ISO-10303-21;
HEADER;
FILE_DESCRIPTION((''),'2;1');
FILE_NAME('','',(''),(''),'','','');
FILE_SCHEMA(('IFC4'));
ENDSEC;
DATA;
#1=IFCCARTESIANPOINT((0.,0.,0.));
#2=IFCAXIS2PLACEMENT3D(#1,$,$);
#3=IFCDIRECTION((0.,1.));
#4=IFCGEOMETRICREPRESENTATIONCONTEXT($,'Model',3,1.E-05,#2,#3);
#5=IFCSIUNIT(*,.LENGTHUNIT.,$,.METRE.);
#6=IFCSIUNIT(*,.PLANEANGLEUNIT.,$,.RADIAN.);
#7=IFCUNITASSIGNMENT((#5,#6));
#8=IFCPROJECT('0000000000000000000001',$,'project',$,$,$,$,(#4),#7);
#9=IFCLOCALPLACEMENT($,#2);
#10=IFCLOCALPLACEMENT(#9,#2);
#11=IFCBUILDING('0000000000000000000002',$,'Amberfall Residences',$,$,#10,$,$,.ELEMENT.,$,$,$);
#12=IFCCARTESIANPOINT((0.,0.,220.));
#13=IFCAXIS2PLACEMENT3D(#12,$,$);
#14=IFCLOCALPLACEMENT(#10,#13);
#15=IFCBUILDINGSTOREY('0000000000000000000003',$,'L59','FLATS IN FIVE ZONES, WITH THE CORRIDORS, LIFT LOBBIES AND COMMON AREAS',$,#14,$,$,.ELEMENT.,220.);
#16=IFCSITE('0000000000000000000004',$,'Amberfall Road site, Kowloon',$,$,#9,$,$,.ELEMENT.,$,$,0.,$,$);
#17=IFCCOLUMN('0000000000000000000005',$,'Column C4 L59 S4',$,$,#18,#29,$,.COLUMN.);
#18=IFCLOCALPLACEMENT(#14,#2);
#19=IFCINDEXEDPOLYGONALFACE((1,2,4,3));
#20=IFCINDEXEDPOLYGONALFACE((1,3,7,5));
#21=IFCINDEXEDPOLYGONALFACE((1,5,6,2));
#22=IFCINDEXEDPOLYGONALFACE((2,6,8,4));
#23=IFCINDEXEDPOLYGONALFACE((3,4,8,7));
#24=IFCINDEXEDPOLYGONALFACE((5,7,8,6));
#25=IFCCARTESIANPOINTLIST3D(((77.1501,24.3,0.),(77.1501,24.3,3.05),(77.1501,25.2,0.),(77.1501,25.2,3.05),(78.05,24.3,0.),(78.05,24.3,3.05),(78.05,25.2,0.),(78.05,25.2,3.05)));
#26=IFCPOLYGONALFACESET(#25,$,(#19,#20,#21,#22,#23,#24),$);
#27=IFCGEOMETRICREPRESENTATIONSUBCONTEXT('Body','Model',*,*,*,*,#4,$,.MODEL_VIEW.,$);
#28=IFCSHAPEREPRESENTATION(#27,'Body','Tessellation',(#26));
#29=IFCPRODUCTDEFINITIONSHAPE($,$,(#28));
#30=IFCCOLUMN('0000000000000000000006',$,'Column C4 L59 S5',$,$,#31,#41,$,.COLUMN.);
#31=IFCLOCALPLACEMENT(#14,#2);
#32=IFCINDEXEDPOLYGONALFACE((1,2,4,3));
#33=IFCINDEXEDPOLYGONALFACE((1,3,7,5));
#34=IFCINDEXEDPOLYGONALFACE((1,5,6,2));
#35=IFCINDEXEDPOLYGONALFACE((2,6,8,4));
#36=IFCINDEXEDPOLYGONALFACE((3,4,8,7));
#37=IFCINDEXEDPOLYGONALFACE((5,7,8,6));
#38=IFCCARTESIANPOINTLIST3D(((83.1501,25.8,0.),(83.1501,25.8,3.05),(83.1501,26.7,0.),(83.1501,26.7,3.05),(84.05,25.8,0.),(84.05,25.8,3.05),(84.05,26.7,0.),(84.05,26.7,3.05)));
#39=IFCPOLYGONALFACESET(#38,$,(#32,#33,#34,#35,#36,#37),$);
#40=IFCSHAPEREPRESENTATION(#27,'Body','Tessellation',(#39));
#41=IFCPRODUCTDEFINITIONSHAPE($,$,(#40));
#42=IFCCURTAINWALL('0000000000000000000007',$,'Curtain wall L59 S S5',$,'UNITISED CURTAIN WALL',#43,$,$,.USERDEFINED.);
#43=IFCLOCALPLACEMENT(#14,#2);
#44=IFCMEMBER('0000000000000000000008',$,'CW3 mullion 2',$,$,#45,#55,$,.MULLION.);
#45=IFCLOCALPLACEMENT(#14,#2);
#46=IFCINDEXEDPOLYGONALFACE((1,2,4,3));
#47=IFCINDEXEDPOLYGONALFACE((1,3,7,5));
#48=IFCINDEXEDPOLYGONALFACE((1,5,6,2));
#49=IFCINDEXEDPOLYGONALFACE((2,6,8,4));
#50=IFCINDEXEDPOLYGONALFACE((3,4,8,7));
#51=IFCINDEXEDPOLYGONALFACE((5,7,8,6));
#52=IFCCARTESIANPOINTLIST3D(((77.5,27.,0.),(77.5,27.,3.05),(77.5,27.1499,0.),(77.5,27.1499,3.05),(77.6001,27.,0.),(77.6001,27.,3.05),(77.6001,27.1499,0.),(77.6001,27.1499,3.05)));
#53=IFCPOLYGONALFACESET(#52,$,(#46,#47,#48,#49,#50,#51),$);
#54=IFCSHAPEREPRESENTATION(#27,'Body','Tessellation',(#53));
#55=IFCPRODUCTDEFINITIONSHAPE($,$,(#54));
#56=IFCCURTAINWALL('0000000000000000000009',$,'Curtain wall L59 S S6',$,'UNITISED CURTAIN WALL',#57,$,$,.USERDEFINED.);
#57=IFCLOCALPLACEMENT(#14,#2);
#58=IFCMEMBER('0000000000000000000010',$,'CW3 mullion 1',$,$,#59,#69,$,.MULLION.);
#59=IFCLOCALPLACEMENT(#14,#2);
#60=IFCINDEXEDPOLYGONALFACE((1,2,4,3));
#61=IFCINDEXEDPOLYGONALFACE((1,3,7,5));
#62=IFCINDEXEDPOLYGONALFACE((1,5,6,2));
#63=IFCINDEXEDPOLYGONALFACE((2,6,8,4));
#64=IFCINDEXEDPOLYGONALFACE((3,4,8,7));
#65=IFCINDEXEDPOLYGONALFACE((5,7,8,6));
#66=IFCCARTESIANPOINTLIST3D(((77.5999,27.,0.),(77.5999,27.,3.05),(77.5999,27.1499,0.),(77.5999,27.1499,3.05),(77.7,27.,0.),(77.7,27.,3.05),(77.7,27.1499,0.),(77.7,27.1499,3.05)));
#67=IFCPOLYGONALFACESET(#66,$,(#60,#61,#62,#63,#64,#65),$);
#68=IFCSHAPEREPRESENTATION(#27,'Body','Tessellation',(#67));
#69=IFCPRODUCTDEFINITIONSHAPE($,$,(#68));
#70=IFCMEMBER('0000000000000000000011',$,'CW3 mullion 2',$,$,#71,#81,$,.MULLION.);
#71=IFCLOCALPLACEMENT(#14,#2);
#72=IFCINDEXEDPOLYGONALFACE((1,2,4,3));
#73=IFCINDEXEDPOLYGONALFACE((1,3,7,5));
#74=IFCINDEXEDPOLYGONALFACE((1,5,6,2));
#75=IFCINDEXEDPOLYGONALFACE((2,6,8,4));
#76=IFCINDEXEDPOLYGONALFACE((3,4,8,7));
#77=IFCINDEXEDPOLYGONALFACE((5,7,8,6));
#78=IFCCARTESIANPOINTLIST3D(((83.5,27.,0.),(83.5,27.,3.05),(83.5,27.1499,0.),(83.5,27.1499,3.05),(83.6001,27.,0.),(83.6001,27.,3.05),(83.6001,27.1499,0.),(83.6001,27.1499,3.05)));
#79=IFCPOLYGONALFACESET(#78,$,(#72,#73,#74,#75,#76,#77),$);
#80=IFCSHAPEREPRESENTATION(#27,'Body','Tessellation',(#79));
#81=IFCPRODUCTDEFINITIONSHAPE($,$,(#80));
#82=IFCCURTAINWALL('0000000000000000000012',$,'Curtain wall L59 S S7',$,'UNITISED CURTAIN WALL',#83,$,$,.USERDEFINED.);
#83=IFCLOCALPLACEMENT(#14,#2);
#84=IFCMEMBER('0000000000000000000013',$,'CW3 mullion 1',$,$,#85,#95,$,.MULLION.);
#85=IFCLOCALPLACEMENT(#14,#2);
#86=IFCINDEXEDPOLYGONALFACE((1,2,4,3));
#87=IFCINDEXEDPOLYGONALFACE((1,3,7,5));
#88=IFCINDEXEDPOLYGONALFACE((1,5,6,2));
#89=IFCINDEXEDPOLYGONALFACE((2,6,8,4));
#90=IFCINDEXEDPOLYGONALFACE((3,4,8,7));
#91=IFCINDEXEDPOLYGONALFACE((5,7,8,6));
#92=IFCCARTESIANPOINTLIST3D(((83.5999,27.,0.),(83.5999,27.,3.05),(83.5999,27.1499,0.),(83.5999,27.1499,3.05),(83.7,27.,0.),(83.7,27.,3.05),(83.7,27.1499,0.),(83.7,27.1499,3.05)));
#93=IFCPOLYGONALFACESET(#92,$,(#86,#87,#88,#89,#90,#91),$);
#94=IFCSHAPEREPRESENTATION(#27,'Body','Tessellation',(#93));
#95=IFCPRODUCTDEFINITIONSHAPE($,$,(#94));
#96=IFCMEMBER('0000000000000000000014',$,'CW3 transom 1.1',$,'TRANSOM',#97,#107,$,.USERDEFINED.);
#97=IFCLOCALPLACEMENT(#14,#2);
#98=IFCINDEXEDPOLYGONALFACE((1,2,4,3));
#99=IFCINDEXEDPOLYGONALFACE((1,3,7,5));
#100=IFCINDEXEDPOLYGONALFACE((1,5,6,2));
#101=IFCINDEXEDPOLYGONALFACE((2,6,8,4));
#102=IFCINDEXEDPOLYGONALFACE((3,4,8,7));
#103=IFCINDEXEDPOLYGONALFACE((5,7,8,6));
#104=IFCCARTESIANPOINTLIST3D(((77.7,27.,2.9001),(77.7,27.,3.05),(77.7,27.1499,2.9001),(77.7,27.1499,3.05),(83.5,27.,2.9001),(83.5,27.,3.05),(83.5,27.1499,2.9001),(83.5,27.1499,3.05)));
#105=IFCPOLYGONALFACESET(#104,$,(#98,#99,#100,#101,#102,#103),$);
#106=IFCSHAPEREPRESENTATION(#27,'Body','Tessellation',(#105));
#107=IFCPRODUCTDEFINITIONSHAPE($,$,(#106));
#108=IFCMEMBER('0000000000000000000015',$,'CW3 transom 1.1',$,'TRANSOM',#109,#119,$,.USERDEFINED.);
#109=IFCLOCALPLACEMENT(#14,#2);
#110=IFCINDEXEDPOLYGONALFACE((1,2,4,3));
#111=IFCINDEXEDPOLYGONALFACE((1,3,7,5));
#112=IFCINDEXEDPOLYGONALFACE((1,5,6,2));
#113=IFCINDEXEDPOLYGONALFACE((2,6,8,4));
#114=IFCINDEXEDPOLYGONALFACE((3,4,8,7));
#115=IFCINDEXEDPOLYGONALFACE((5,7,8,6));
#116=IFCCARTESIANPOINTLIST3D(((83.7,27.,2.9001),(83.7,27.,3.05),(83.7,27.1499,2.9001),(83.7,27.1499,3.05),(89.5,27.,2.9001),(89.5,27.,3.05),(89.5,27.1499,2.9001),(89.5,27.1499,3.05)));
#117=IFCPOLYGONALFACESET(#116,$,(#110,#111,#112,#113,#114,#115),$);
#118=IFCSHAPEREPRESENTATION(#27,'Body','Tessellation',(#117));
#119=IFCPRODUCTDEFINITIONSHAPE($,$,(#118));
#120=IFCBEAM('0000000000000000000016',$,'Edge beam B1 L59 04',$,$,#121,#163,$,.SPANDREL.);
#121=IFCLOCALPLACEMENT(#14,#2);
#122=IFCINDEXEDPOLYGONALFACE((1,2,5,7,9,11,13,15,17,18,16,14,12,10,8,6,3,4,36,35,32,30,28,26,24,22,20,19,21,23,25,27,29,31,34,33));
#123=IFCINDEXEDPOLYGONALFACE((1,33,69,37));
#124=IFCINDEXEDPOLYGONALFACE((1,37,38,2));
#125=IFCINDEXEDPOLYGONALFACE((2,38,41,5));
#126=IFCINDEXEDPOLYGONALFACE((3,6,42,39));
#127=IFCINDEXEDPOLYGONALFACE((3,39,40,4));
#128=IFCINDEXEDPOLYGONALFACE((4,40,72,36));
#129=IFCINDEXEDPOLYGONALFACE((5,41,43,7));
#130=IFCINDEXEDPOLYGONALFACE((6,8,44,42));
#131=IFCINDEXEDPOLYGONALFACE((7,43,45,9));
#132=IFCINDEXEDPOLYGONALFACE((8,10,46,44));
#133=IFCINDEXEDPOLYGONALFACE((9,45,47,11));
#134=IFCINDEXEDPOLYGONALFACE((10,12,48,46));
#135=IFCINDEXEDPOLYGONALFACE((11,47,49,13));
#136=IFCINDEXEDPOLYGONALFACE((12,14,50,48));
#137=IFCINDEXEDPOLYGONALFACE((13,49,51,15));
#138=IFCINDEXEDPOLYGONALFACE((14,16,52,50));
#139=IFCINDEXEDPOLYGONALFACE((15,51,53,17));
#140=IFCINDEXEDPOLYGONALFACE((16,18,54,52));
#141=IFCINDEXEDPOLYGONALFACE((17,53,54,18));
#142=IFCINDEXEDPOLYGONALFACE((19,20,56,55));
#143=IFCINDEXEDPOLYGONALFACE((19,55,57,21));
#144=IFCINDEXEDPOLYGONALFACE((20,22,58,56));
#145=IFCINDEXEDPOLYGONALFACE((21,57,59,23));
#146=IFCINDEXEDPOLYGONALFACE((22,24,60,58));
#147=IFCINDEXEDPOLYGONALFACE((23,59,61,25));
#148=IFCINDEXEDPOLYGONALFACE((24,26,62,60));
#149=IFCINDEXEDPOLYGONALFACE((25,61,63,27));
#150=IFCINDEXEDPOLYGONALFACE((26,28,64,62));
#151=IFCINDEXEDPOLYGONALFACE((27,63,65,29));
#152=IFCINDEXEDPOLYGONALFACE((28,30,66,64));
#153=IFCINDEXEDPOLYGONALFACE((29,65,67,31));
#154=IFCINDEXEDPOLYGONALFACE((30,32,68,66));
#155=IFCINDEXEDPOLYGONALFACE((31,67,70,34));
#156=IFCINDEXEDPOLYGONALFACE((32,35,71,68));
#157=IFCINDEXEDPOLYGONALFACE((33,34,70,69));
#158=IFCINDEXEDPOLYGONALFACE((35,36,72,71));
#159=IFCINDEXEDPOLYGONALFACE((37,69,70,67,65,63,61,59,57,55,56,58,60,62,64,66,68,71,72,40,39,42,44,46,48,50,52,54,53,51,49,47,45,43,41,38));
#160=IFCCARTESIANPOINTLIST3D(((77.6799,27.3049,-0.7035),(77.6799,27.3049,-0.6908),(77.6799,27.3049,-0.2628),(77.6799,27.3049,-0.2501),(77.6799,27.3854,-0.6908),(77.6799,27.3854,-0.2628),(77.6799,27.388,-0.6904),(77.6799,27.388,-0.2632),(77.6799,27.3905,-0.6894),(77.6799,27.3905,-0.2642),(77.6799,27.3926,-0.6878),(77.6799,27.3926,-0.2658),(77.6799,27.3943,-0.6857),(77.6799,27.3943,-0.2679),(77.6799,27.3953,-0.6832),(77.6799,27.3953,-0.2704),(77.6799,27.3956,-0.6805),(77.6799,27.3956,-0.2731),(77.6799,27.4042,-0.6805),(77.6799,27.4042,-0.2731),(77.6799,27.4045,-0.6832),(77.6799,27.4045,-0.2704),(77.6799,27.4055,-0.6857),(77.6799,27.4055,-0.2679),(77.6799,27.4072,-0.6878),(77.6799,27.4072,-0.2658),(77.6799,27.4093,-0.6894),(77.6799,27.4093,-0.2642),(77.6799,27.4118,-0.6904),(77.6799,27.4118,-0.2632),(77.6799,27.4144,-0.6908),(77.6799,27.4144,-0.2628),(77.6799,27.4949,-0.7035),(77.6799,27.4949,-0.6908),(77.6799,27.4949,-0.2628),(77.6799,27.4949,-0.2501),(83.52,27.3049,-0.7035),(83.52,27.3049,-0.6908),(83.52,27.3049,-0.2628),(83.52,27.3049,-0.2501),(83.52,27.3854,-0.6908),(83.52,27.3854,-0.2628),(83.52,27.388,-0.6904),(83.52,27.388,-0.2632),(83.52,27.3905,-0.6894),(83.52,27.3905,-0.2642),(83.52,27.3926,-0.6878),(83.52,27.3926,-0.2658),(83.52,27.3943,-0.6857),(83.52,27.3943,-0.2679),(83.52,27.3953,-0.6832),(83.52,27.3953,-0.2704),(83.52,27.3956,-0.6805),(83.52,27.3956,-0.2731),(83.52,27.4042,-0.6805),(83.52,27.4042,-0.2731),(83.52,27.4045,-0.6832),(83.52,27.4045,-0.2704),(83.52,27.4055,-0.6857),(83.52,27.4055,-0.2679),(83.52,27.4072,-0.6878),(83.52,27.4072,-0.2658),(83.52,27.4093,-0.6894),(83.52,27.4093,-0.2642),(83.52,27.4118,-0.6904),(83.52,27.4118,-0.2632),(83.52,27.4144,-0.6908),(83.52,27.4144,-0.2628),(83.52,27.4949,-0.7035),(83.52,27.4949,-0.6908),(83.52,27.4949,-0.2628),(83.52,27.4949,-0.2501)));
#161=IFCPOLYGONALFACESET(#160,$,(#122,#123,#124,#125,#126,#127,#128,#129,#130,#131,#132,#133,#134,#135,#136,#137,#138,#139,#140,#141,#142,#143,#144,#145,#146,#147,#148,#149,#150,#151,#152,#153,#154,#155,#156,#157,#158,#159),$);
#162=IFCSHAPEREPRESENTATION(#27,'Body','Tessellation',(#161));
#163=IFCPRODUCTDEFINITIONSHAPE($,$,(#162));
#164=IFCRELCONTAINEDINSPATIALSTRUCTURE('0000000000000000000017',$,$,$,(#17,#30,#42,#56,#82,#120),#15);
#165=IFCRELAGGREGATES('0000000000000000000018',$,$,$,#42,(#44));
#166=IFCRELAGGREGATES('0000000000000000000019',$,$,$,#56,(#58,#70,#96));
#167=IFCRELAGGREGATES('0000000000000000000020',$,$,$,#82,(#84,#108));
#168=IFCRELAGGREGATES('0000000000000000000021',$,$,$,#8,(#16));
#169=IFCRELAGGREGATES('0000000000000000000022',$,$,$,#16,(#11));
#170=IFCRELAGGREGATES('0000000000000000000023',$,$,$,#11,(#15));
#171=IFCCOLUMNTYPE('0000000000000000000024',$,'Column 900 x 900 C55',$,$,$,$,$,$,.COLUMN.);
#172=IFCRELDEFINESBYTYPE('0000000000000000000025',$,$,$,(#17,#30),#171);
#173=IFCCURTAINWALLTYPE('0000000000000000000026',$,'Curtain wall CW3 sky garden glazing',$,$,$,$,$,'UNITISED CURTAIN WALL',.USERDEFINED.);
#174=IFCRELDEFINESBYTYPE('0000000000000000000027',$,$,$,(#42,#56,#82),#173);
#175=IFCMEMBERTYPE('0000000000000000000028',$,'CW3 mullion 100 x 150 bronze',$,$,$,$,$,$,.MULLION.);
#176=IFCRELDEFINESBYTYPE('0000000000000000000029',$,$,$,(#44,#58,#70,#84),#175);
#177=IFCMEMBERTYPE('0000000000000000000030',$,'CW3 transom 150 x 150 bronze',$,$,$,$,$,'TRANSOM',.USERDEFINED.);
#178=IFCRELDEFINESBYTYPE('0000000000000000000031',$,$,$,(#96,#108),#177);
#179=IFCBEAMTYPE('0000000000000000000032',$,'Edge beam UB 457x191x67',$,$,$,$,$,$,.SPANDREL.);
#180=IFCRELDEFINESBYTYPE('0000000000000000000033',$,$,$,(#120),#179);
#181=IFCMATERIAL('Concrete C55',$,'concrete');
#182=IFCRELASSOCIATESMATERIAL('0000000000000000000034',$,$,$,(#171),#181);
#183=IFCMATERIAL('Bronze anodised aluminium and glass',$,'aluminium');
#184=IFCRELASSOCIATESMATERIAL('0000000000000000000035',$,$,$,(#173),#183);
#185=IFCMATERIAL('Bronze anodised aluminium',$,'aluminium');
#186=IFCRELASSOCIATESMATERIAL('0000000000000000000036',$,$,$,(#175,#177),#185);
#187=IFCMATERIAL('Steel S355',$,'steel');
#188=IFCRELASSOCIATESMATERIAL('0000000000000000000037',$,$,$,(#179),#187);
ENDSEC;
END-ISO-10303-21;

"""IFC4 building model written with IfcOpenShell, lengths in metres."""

from ifc_helpers import new_model, si_unit, direction, frame, origin, origin_2d, place, context, subcontext, project, spatial, rectangle, i_section, extrude, material, material_profile, profile_set, type_object, element, aggregate, save


model = new_model("IFC4")

# Units and contexts
model_context = context("Model", 3, precision=1e-05, world=origin(), true_north=direction((0.0, 1.0)))
body_context = subcontext(model_context, "Body", "Model", "MODEL_VIEW")
ifc_project = project(units=[si_unit("LENGTHUNIT", "METRE"), si_unit("PLANEANGLEUNIT", "RADIAN")], contexts=[model_context])

# Site, building, storey
site_placement = place(None, origin())
site = spatial("IfcSite", under=ifc_project, at=site_placement, Name="Amberfall Road site, Kowloon", CompositionType="ELEMENT", RefElevation=0.0)
building_placement = place(site_placement, origin())
building = spatial("IfcBuilding", under=site, at=building_placement, Name="Amberfall Residences", CompositionType="ELEMENT")
storey_placement = place(building_placement, frame((0.0, 0.0, 220.0)))
storey = spatial("IfcBuildingStorey", under=building, at=storey_placement, Name="L59", Description="FLATS IN FIVE ZONES, WITH THE CORRIDORS, LIFT LOBBIES AND COMMON AREAS", CompositionType="ELEMENT", Elevation=220.0)

# Columns
ifc_material_1 = material(Name="Concrete C55", Category="concrete")
ifc_material_profile_1 = material_profile(ifc_material_1, rectangle(XDim=0.8999, YDim=0.8999, at=origin_2d()), Name="Column 900 x 900 C55")
ifc_profile_set_1 = profile_set([ifc_material_profile_1], Name="Concrete C55")
column_type = type_object("IfcColumnType", Name="Column 900 x 900 C55", PredefinedType="COLUMN", material=ifc_profile_set_1)
for number, where, z_axis, x_axis, name in (
    (1, (77.6001, 24.75, 0.0), (0.0, 0.0, 1.0), (1.0, 0.0, 0.0), "Column C4 L59 S4"),
    (2, (83.6001, 26.25, 0.0), (0.0, 0.0, 1.0), (1.0, 0.0, 0.0), "Column C4 L59 S5"),
):
    element("IfcColumn", number, at=place(storey_placement, frame(where, z_axis=z_axis, x_axis=x_axis)), inside=storey, type_object=column_type, Name=name, PredefinedType="COLUMN", context=body_context, shape_type="SweptSolid", body=[
        extrude(rectangle(XDim=0.8999, YDim=0.8999, at=origin_2d()), origin(), (0.0, 0.0, 1.0), 3.05),
    ])

# Curtain wall, member
ifc_material_2 = material(Name="Bronze anodised aluminium and glass", Category="aluminium")
curtain_wall_type = type_object("IfcCurtainWallType", Name="Curtain wall CW3 sky garden glazing", ElementType="UNITISED CURTAIN WALL", PredefinedType="USERDEFINED", material=ifc_material_2)
curtain_wall_1_placement = place(storey_placement, origin())
curtain_wall_1 = element("IfcCurtainWall", 3, at=curtain_wall_1_placement, inside=storey, type_object=curtain_wall_type, Name="Curtain wall L59 S S5", ObjectType="UNITISED CURTAIN WALL", PredefinedType="USERDEFINED")
ifc_material_3 = material(Name="Bronze anodised aluminium", Category="aluminium")
ifc_material_profile_2 = material_profile(ifc_material_3, rectangle(XDim=0.1499, YDim=0.1001, at=origin_2d()), Name="CW3 mullion 100 x 150 bronze")
ifc_profile_set_2 = profile_set([ifc_material_profile_2], Name="Bronze anodised aluminium")
member_type_1 = type_object("IfcMemberType", Name="CW3 mullion 100 x 150 bronze", PredefinedType="MULLION", material=ifc_profile_set_2)
member_1_placement = place(storey_placement, frame((77.55, 27.075, 0.0), z_axis=(0.0, 0.0, 1.0), x_axis=(0.0, 1.0, 0.0)))
member_1 = element("IfcMember", 4, at=member_1_placement, type_object=member_type_1, Name="CW3 mullion 2", PredefinedType="MULLION", context=body_context, shape_type="SweptSolid", body=[
    extrude(rectangle(XDim=0.1499, YDim=0.1001, at=origin_2d()), origin(), (0.0, 0.0, 1.0), 3.05),
])

# Curtain wall, members
curtain_wall_2_placement = place(storey_placement, origin())
curtain_wall_2 = element("IfcCurtainWall", 5, at=curtain_wall_2_placement, inside=storey, type_object=curtain_wall_type, Name="Curtain wall L59 S S6", ObjectType="UNITISED CURTAIN WALL", PredefinedType="USERDEFINED")
member_2_placement = place(storey_placement, frame((77.6499, 27.075, 0.0), z_axis=(0.0, 0.0, 1.0), x_axis=(0.0, 1.0, 0.0)))
member_2 = element("IfcMember", 6, at=member_2_placement, type_object=member_type_1, Name="CW3 mullion 1", PredefinedType="MULLION", context=body_context, shape_type="SweptSolid", body=[
    extrude(rectangle(XDim=0.1499, YDim=0.1001, at=origin_2d()), origin(), (0.0, 0.0, 1.0), 3.05),
])
member_3_placement = place(storey_placement, frame((83.55, 27.075, 0.0), z_axis=(0.0, 0.0, 1.0), x_axis=(0.0, 1.0, 0.0)))
member_3 = element("IfcMember", 7, at=member_3_placement, type_object=member_type_1, Name="CW3 mullion 2", PredefinedType="MULLION", context=body_context, shape_type="SweptSolid", body=[
    extrude(rectangle(XDim=0.1499, YDim=0.1001, at=origin_2d()), origin(), (0.0, 0.0, 1.0), 3.05),
])

# Curtain wall, member
curtain_wall_3_placement = place(storey_placement, origin())
curtain_wall_3 = element("IfcCurtainWall", 8, at=curtain_wall_3_placement, inside=storey, type_object=curtain_wall_type, Name="Curtain wall L59 S S7", ObjectType="UNITISED CURTAIN WALL", PredefinedType="USERDEFINED")
member_4_placement = place(storey_placement, frame((83.6499, 27.075, 0.0), z_axis=(0.0, 0.0, 1.0), x_axis=(0.0, 1.0, 0.0)))
member_4 = element("IfcMember", 9, at=member_4_placement, type_object=member_type_1, Name="CW3 mullion 1", PredefinedType="MULLION", context=body_context, shape_type="SweptSolid", body=[
    extrude(rectangle(XDim=0.1499, YDim=0.1001, at=origin_2d()), origin(), (0.0, 0.0, 1.0), 3.05),
])

# Members
ifc_material_profile_3 = material_profile(ifc_material_3, rectangle(XDim=0.1499, YDim=0.1499, at=origin_2d()), Name="CW3 transom 150 x 150 bronze")
ifc_profile_set_3 = profile_set([ifc_material_profile_3], Name="Bronze anodised aluminium")
member_type_2 = type_object("IfcMemberType", Name="CW3 transom 150 x 150 bronze", ElementType="TRANSOM", PredefinedType="USERDEFINED", material=ifc_profile_set_3)
member_5_placement = place(storey_placement, frame((77.7, 27.075, 2.9751), z_axis=(1.0, 0.0, 0.0), x_axis=(0.0, 1.0, 0.0)))
member_5 = element("IfcMember", 10, at=member_5_placement, type_object=member_type_2, Name="CW3 transom 1.1", ObjectType="TRANSOM", PredefinedType="USERDEFINED", context=body_context, shape_type="SweptSolid", body=[
    extrude(rectangle(XDim=0.1499, YDim=0.1499, at=origin_2d()), origin(), (0.0, 0.0, 1.0), 5.8),
])
member_6_placement = place(storey_placement, frame((83.7, 27.075, 2.9751), z_axis=(1.0, 0.0, 0.0), x_axis=(0.0, 1.0, 0.0)))
member_6 = element("IfcMember", 11, at=member_6_placement, type_object=member_type_2, Name="CW3 transom 1.1", ObjectType="TRANSOM", PredefinedType="USERDEFINED", context=body_context, shape_type="SweptSolid", body=[
    extrude(rectangle(XDim=0.1499, YDim=0.1499, at=origin_2d()), origin(), (0.0, 0.0, 1.0), 5.8),
])

# Beam
ifc_material_4 = material(Name="Steel S355", Category="steel")
ifc_material_profile_4 = material_profile(ifc_material_4, i_section(OverallWidth=0.1899, OverallDepth=0.4534, WebThickness=0.0085, FlangeThickness=0.0127, FilletRadius=0.0103, at=origin_2d()), Name="UB 457x191x67")
ifc_profile_set_4 = profile_set([ifc_material_profile_4], Name="Steel S355")
beam_type_1 = type_object("IfcBeamType", Name="Edge beam UB 457x191x67", PredefinedType="SPANDREL", material=ifc_profile_set_4)
for number, where, z_axis, x_axis, name in (
    (12, (77.6799, 27.3999, -0.4768), (1.0, 0.0, 0.0), (0.0, 1.0, 0.0), "Edge beam B1 L59 04"),
):
    element("IfcBeam", number, at=place(storey_placement, frame(where, z_axis=z_axis, x_axis=x_axis)), inside=storey, type_object=beam_type_1, Name=name, PredefinedType="SPANDREL", context=body_context, shape_type="SweptSolid", body=[
        extrude(i_section(OverallWidth=0.1899, OverallDepth=0.4534, WebThickness=0.0085, FlangeThickness=0.0127, FilletRadius=0.0103, at=origin_2d()), origin(), (0.0, 0.0, 1.0), 5.8401),
    ])

aggregate(curtain_wall_1, [member_1])
aggregate(curtain_wall_2, [member_2, member_3, member_5])
aggregate(curtain_wall_3, [member_4, member_6])

save(model, "model.ifc")
